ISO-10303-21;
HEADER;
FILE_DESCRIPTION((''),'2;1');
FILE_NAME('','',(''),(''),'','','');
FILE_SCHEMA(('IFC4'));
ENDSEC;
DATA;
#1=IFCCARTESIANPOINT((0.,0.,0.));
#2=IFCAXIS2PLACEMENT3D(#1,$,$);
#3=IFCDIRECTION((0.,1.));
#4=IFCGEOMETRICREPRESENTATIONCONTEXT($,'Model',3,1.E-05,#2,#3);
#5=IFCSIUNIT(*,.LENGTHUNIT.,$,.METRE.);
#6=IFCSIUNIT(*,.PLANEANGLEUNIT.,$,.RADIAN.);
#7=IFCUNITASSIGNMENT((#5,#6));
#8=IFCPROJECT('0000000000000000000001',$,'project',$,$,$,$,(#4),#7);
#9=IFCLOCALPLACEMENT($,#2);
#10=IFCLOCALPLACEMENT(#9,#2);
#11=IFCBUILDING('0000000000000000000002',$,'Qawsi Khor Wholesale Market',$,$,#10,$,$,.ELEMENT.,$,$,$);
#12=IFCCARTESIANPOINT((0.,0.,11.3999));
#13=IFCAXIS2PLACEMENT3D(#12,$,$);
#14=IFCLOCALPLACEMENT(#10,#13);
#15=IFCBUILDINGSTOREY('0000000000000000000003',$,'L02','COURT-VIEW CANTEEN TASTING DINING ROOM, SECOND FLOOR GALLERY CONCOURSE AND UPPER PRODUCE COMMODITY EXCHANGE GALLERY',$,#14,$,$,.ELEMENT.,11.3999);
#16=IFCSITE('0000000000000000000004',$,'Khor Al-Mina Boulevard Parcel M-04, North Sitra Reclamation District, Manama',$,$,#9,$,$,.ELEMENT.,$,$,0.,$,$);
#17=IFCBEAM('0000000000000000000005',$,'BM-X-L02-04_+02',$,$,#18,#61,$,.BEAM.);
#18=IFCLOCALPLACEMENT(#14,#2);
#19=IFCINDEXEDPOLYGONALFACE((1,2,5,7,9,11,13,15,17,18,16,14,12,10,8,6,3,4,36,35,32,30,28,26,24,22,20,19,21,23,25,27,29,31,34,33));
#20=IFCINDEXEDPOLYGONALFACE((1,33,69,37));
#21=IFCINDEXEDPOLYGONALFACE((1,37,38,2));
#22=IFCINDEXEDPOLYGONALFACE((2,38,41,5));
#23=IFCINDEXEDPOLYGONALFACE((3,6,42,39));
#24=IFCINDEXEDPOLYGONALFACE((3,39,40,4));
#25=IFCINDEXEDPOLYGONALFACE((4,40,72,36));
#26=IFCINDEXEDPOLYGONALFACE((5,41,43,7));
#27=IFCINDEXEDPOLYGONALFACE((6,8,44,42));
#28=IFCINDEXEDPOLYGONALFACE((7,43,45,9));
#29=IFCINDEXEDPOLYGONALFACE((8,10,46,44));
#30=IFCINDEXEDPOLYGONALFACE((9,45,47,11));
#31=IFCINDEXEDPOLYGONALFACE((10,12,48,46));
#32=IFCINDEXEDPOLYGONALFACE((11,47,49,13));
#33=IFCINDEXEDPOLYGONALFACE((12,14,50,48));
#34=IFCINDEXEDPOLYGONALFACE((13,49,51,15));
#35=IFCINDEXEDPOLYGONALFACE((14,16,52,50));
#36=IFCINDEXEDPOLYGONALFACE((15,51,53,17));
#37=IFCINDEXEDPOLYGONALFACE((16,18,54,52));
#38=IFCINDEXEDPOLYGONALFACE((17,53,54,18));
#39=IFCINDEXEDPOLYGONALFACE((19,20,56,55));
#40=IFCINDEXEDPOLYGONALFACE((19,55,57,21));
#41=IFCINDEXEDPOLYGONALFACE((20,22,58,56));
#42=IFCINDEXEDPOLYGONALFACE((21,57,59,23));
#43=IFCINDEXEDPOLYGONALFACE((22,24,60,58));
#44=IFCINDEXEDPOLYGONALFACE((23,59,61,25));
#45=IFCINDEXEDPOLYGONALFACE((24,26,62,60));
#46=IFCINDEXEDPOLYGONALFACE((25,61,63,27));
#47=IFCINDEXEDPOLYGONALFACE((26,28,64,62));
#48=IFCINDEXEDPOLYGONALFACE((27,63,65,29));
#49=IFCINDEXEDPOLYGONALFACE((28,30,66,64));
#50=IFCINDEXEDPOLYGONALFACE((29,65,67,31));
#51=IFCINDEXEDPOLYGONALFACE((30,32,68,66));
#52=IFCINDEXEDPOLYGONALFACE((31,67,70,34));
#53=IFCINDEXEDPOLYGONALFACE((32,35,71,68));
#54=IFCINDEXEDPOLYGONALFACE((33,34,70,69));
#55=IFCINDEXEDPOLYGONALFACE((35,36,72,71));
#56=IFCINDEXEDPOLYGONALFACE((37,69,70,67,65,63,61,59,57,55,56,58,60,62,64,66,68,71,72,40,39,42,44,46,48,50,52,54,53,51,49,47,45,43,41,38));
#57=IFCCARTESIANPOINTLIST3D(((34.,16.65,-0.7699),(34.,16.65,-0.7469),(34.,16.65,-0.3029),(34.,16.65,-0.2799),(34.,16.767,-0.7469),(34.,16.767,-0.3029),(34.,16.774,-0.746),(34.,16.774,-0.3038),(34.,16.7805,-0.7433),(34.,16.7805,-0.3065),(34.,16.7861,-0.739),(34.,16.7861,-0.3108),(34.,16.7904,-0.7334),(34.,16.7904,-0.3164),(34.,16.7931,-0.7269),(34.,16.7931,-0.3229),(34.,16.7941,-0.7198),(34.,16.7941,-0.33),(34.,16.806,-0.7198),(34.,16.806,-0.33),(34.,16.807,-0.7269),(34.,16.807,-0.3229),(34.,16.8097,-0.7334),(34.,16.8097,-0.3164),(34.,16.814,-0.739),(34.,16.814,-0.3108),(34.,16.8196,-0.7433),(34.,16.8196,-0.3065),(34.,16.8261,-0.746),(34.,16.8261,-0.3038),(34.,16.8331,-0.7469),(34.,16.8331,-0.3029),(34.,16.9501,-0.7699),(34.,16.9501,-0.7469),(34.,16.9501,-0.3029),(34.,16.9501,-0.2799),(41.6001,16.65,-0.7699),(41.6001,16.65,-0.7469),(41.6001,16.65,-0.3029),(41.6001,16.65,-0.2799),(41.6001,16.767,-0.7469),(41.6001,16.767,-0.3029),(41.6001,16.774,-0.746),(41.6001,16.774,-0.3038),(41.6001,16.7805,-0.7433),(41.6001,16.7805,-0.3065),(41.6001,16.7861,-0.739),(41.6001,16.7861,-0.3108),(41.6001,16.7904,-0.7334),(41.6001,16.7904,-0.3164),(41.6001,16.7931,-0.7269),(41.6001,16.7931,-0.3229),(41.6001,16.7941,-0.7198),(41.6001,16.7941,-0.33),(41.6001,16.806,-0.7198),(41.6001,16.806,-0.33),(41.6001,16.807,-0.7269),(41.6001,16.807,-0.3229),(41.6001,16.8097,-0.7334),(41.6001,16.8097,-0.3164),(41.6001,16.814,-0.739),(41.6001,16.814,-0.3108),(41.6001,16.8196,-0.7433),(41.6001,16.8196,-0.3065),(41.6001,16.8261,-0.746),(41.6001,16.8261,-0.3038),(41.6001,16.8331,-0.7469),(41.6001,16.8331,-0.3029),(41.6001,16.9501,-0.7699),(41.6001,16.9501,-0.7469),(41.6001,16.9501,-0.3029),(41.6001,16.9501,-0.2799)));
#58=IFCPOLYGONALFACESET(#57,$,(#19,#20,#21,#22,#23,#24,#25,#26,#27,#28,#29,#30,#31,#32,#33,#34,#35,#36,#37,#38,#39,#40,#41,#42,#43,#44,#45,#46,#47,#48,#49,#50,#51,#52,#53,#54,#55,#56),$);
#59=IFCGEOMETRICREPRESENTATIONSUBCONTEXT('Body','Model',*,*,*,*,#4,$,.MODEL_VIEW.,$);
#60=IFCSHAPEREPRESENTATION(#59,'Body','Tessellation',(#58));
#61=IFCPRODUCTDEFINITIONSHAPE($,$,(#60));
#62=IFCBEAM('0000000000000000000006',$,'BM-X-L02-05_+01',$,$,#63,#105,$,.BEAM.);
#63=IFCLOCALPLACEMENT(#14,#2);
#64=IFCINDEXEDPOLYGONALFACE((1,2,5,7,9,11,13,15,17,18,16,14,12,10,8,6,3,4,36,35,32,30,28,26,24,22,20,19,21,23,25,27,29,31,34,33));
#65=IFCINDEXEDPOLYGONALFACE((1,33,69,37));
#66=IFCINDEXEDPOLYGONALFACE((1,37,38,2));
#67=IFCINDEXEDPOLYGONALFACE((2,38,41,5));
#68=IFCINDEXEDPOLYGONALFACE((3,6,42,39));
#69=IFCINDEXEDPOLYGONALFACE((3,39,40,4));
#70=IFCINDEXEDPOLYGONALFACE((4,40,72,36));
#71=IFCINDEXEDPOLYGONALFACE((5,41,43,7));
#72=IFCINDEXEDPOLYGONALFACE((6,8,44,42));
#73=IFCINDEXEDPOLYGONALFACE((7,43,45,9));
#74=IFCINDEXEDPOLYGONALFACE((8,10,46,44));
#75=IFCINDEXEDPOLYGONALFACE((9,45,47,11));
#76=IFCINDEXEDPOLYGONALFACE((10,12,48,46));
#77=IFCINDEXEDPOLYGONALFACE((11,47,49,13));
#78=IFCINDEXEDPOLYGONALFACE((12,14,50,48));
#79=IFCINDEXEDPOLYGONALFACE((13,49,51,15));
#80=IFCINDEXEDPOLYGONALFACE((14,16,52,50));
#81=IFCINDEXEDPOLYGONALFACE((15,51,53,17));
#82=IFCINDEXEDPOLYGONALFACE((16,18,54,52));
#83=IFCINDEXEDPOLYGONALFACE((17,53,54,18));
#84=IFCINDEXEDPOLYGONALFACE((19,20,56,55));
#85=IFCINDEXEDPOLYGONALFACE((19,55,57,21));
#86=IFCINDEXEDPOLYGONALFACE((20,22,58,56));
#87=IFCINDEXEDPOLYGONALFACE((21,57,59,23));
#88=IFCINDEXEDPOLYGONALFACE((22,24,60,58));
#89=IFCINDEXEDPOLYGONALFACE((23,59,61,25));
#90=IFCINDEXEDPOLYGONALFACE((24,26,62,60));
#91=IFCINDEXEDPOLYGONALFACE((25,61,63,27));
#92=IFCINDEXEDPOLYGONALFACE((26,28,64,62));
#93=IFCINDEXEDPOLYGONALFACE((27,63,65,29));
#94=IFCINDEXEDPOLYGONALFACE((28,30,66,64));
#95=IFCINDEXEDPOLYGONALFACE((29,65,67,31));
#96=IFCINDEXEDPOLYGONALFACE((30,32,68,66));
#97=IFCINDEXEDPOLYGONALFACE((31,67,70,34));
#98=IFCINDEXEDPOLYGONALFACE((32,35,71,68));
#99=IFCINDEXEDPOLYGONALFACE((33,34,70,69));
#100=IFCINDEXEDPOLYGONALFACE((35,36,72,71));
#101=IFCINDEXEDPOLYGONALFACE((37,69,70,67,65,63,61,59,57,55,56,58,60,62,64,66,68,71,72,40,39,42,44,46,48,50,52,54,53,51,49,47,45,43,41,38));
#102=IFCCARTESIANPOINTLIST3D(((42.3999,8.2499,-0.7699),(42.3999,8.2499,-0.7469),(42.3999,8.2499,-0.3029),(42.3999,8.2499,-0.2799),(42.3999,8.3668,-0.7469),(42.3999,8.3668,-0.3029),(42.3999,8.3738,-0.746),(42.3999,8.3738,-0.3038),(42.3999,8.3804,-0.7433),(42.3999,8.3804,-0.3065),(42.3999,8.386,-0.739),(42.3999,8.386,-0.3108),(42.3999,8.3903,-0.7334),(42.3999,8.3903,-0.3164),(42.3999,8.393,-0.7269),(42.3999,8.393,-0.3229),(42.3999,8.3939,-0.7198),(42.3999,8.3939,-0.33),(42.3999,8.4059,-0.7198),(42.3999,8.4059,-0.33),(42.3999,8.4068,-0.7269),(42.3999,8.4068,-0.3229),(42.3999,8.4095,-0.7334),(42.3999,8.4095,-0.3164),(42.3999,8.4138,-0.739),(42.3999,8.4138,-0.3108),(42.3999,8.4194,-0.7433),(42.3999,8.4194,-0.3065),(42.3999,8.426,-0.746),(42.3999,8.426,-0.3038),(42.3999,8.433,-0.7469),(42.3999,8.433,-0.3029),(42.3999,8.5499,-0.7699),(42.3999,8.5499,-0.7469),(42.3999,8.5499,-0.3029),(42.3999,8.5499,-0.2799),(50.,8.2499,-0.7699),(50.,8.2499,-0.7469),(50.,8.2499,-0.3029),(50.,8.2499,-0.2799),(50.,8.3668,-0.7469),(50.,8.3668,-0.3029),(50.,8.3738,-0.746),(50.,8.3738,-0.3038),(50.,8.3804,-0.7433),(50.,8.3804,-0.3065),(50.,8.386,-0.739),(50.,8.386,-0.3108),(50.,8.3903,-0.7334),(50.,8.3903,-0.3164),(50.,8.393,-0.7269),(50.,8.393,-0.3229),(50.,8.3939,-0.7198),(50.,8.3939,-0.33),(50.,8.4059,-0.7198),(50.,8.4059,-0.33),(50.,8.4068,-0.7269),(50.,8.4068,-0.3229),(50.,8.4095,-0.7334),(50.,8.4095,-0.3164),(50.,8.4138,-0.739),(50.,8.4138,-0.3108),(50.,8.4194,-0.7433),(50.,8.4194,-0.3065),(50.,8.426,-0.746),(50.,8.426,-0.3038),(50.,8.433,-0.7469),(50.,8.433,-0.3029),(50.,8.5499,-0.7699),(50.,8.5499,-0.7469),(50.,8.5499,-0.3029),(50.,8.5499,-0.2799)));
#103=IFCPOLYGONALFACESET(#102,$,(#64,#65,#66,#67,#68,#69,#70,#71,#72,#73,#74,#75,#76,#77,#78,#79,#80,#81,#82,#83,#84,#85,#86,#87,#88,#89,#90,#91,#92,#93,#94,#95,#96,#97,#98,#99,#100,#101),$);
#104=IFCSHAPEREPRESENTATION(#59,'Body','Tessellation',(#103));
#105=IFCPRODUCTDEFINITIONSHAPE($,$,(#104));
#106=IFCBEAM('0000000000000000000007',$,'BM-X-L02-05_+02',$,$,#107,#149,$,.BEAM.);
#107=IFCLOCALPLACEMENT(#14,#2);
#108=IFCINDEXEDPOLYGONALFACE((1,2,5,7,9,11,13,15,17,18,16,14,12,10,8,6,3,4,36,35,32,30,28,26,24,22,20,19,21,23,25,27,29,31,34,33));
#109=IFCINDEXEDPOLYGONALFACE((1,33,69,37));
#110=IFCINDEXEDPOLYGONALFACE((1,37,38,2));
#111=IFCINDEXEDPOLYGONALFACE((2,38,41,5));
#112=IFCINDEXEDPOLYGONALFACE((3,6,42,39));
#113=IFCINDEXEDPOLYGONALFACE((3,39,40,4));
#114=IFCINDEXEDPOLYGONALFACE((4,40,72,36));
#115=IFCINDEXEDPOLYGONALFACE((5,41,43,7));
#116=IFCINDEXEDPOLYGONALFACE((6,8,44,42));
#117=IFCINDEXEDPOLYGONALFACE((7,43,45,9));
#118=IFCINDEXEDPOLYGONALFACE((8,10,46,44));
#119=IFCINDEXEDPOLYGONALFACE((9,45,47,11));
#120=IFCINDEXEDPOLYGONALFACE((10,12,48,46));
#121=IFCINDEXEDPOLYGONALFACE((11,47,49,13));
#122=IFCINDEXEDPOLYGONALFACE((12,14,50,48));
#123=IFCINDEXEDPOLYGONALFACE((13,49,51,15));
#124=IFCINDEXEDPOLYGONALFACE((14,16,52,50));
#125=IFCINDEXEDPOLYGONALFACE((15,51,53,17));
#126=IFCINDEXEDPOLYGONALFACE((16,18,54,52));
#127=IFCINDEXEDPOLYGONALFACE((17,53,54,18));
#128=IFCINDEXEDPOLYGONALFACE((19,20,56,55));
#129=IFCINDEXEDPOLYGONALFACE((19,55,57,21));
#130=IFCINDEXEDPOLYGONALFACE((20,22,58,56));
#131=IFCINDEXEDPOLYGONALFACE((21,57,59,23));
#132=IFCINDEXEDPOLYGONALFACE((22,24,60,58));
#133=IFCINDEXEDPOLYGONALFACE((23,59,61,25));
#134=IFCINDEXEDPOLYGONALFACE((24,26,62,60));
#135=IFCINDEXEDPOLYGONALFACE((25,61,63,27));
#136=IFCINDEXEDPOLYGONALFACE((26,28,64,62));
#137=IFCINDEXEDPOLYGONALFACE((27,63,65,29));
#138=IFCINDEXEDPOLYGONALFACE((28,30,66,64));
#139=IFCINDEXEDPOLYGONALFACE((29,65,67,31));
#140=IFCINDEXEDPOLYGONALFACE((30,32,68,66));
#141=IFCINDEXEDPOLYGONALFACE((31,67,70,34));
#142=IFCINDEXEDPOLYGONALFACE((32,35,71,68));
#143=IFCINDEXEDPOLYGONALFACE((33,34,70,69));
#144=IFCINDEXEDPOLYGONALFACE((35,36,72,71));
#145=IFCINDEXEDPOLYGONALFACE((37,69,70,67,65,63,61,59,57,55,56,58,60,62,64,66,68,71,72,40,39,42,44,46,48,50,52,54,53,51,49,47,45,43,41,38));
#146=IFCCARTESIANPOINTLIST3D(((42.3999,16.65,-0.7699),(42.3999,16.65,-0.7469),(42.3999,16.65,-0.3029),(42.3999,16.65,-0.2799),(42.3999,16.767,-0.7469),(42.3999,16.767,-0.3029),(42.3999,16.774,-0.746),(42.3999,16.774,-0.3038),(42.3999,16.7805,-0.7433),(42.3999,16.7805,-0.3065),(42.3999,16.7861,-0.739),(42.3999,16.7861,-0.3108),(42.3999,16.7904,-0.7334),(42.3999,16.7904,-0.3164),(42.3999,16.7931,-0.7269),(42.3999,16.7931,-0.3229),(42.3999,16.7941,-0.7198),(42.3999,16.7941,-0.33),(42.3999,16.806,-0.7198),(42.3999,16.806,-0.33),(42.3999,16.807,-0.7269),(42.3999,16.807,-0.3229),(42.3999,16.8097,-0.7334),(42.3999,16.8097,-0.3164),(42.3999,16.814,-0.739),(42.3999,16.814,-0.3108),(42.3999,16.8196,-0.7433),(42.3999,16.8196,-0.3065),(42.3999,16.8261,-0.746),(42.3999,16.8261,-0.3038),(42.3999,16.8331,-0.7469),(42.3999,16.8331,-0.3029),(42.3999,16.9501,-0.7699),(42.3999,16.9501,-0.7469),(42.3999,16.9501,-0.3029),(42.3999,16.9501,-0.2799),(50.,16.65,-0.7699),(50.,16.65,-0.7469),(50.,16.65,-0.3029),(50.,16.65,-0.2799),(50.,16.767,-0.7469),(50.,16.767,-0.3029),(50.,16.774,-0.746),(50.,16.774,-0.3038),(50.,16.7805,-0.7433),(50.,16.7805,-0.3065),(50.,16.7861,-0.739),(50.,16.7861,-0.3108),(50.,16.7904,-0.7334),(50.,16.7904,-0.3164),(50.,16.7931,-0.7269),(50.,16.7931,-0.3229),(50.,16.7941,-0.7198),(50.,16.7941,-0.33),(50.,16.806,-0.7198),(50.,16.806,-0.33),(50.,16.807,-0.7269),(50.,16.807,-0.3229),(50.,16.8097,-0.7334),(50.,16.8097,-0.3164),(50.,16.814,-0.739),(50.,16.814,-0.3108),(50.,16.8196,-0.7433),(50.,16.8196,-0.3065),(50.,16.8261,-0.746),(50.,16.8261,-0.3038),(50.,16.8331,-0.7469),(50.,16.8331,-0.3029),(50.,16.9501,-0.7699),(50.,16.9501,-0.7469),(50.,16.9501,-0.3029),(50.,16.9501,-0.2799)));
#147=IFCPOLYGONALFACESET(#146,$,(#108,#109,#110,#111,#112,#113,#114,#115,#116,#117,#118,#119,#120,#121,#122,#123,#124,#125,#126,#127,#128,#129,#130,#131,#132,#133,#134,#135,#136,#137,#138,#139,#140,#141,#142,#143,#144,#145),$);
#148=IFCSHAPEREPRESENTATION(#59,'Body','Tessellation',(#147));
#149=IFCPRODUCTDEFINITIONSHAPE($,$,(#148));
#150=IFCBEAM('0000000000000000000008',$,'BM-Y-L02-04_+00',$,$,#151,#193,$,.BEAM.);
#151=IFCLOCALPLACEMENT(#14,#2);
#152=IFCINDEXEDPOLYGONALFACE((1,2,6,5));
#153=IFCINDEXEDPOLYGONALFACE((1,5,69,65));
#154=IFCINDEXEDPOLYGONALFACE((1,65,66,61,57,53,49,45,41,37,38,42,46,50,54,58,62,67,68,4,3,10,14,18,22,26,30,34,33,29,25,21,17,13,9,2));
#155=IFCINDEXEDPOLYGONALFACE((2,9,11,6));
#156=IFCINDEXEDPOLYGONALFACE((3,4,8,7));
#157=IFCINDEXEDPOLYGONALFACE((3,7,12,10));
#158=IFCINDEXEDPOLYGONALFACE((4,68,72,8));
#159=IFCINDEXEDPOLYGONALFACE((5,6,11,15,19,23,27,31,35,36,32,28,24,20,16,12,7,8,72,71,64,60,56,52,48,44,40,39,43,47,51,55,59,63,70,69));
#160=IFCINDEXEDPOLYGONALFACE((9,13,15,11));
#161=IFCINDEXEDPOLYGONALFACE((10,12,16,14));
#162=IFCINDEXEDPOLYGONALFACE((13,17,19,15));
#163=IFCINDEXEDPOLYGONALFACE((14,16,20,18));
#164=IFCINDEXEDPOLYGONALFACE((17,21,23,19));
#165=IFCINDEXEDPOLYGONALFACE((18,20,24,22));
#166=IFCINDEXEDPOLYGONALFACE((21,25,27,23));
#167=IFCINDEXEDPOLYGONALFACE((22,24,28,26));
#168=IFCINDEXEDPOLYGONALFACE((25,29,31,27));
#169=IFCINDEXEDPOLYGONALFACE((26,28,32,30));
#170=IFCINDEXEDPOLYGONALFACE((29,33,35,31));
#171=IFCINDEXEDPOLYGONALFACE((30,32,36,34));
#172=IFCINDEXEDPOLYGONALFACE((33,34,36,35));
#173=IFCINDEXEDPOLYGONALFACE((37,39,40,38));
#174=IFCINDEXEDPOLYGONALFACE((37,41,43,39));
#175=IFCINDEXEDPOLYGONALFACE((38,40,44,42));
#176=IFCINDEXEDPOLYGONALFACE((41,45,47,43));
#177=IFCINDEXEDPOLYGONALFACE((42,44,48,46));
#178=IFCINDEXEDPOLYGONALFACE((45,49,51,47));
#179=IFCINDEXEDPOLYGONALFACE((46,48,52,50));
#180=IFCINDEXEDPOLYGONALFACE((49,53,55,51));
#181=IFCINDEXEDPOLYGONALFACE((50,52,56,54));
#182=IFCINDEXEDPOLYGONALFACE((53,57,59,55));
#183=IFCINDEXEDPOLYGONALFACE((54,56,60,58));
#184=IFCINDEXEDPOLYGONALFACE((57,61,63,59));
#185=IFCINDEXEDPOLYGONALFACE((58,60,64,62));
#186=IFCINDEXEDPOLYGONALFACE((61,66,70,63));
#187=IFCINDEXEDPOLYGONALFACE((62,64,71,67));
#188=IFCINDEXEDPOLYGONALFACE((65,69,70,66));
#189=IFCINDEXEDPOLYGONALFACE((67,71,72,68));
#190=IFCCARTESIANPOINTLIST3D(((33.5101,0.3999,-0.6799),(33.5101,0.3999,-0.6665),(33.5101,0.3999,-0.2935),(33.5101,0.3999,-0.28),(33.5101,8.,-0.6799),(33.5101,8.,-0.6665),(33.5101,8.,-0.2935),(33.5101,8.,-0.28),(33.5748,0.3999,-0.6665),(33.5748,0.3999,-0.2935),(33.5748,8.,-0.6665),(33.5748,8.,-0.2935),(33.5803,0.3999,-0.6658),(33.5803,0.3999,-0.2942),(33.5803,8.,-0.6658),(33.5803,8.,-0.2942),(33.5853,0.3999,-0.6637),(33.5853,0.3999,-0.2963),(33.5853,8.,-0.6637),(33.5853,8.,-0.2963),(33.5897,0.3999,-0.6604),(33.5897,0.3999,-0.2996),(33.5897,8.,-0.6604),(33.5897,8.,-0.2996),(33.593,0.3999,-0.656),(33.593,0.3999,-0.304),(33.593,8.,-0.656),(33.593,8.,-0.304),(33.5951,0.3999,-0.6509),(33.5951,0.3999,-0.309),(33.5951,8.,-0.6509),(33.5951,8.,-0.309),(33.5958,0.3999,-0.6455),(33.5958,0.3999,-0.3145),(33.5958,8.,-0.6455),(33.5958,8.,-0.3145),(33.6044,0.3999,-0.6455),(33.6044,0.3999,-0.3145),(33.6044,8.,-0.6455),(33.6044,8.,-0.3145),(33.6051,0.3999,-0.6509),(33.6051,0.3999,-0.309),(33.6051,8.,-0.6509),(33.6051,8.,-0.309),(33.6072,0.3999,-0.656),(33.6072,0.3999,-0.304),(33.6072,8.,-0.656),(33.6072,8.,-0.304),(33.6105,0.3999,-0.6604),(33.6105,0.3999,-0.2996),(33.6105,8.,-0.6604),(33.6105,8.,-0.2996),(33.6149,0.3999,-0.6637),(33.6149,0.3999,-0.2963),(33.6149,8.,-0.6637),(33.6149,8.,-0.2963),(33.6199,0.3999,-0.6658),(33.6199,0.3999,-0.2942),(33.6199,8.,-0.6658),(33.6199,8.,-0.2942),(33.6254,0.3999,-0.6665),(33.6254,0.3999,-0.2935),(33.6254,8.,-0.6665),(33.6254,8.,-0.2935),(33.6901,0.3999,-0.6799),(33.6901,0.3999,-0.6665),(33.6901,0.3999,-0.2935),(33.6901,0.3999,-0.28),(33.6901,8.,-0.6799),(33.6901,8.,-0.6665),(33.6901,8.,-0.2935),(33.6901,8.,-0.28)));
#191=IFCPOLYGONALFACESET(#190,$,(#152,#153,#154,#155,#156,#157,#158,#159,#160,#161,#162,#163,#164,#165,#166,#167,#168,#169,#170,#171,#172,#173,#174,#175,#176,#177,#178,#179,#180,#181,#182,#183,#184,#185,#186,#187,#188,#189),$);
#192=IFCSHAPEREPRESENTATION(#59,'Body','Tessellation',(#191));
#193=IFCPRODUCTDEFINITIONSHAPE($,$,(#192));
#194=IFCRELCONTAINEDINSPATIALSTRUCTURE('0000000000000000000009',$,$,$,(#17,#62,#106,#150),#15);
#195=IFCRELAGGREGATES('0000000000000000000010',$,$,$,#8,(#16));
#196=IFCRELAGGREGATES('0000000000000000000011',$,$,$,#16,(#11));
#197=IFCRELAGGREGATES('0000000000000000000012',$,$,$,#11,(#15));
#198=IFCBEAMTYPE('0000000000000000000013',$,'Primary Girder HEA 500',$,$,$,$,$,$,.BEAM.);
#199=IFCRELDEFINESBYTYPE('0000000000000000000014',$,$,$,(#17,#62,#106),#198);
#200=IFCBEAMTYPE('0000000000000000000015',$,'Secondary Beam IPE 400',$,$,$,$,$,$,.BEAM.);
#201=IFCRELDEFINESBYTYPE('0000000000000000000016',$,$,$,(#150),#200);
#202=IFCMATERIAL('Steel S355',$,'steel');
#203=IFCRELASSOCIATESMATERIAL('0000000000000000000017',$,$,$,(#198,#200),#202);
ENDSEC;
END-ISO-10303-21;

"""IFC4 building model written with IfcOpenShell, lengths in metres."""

from ifc_helpers import new_model, si_unit, direction, frame, origin, origin_2d, place, context, subcontext, project, spatial, i_section, extrude, material, material_profile, profile_set, type_object, element, save


model = new_model("IFC4")

# Units and contexts
model_context = context("Model", 3, precision=1e-05, world=origin(), true_north=direction((0.0, 1.0)))
body_context = subcontext(model_context, "Body", "Model", "MODEL_VIEW")
ifc_project = project(units=[si_unit("LENGTHUNIT", "METRE"), si_unit("PLANEANGLEUNIT", "RADIAN")], contexts=[model_context])

# Site, building, storey
site_placement = place(None, origin())
site = spatial("IfcSite", under=ifc_project, at=site_placement, Name="Khor Al-Mina Boulevard Parcel M-04, North Sitra Reclamation District, Manama", CompositionType="ELEMENT", RefElevation=0.0)
building_placement = place(site_placement, origin())
building = spatial("IfcBuilding", under=site, at=building_placement, Name="Qawsi Khor Wholesale Market", CompositionType="ELEMENT")
storey_placement = place(building_placement, frame((0.0, 0.0, 11.3999)))
storey = spatial("IfcBuildingStorey", under=building, at=storey_placement, Name="L02", Description="COURT-VIEW CANTEEN TASTING DINING ROOM, SECOND FLOOR GALLERY CONCOURSE AND UPPER PRODUCE COMMODITY EXCHANGE GALLERY", CompositionType="ELEMENT", Elevation=11.3999)

# Beams
ifc_material_1 = material(Name="Steel S355", Category="steel")
ifc_material_profile_1 = material_profile(ifc_material_1, i_section(OverallWidth=0.3, OverallDepth=0.49, WebThickness=0.012, FlangeThickness=0.0229, FilletRadius=0.0271, at=origin_2d()), Name="HEA 500")
ifc_profile_set_1 = profile_set([ifc_material_profile_1], Name="Steel S355")
beam_type_1 = type_object("IfcBeamType", Name="Primary Girder HEA 500", PredefinedType="BEAM", material=ifc_profile_set_1)
for number, where, z_axis, x_axis, name in (
    (1, (34.0, 16.8, -0.5249), (1.0, 0.0, 0.0), (0.0, 1.0, 0.0), "BM-X-L02-04_+02"),
    (2, (42.3999, 8.3999, -0.5249), (1.0, 0.0, 0.0), (0.0, 1.0, 0.0), "BM-X-L02-05_+01"),
    (3, (42.3999, 16.8, -0.5249), (1.0, 0.0, 0.0), (0.0, 1.0, 0.0), "BM-X-L02-05_+02"),
):
    element("IfcBeam", number, at=place(storey_placement, frame(where, z_axis=z_axis, x_axis=x_axis)), inside=storey, type_object=beam_type_1, Name=name, PredefinedType="BEAM", context=body_context, shape_type="SweptSolid", body=[
        extrude(i_section(OverallWidth=0.3, OverallDepth=0.49, WebThickness=0.012, FlangeThickness=0.0229, FilletRadius=0.0271, at=origin_2d()), origin(), (0.0, 0.0, 1.0), 7.6001),
    ])
ifc_material_profile_2 = material_profile(ifc_material_1, i_section(OverallWidth=0.1799, OverallDepth=0.3999, WebThickness=0.0085, FlangeThickness=0.0134, FilletRadius=0.021, at=origin_2d()), Name="IPE 400")
ifc_profile_set_2 = profile_set([ifc_material_profile_2], Name="Steel S355")
beam_type_2 = type_object("IfcBeamType", Name="Secondary Beam IPE 400", PredefinedType="BEAM", material=ifc_profile_set_2)
beam_1_placement = place(storey_placement, frame((33.6001, 0.3999, -0.48), z_axis=(0.0, 1.0, 0.0), x_axis=(-1.0, 0.0, 0.0)))
element("IfcBeam", 4, at=beam_1_placement, inside=storey, type_object=beam_type_2, Name="BM-Y-L02-04_+00", PredefinedType="BEAM", context=body_context, shape_type="SweptSolid", body=[
    extrude(i_section(OverallWidth=0.1799, OverallDepth=0.3999, WebThickness=0.0085, FlangeThickness=0.0134, FilletRadius=0.021, at=origin_2d()), origin(), (0.0, 0.0, 1.0), 7.6001),
])

save(model, "model.ifc")
